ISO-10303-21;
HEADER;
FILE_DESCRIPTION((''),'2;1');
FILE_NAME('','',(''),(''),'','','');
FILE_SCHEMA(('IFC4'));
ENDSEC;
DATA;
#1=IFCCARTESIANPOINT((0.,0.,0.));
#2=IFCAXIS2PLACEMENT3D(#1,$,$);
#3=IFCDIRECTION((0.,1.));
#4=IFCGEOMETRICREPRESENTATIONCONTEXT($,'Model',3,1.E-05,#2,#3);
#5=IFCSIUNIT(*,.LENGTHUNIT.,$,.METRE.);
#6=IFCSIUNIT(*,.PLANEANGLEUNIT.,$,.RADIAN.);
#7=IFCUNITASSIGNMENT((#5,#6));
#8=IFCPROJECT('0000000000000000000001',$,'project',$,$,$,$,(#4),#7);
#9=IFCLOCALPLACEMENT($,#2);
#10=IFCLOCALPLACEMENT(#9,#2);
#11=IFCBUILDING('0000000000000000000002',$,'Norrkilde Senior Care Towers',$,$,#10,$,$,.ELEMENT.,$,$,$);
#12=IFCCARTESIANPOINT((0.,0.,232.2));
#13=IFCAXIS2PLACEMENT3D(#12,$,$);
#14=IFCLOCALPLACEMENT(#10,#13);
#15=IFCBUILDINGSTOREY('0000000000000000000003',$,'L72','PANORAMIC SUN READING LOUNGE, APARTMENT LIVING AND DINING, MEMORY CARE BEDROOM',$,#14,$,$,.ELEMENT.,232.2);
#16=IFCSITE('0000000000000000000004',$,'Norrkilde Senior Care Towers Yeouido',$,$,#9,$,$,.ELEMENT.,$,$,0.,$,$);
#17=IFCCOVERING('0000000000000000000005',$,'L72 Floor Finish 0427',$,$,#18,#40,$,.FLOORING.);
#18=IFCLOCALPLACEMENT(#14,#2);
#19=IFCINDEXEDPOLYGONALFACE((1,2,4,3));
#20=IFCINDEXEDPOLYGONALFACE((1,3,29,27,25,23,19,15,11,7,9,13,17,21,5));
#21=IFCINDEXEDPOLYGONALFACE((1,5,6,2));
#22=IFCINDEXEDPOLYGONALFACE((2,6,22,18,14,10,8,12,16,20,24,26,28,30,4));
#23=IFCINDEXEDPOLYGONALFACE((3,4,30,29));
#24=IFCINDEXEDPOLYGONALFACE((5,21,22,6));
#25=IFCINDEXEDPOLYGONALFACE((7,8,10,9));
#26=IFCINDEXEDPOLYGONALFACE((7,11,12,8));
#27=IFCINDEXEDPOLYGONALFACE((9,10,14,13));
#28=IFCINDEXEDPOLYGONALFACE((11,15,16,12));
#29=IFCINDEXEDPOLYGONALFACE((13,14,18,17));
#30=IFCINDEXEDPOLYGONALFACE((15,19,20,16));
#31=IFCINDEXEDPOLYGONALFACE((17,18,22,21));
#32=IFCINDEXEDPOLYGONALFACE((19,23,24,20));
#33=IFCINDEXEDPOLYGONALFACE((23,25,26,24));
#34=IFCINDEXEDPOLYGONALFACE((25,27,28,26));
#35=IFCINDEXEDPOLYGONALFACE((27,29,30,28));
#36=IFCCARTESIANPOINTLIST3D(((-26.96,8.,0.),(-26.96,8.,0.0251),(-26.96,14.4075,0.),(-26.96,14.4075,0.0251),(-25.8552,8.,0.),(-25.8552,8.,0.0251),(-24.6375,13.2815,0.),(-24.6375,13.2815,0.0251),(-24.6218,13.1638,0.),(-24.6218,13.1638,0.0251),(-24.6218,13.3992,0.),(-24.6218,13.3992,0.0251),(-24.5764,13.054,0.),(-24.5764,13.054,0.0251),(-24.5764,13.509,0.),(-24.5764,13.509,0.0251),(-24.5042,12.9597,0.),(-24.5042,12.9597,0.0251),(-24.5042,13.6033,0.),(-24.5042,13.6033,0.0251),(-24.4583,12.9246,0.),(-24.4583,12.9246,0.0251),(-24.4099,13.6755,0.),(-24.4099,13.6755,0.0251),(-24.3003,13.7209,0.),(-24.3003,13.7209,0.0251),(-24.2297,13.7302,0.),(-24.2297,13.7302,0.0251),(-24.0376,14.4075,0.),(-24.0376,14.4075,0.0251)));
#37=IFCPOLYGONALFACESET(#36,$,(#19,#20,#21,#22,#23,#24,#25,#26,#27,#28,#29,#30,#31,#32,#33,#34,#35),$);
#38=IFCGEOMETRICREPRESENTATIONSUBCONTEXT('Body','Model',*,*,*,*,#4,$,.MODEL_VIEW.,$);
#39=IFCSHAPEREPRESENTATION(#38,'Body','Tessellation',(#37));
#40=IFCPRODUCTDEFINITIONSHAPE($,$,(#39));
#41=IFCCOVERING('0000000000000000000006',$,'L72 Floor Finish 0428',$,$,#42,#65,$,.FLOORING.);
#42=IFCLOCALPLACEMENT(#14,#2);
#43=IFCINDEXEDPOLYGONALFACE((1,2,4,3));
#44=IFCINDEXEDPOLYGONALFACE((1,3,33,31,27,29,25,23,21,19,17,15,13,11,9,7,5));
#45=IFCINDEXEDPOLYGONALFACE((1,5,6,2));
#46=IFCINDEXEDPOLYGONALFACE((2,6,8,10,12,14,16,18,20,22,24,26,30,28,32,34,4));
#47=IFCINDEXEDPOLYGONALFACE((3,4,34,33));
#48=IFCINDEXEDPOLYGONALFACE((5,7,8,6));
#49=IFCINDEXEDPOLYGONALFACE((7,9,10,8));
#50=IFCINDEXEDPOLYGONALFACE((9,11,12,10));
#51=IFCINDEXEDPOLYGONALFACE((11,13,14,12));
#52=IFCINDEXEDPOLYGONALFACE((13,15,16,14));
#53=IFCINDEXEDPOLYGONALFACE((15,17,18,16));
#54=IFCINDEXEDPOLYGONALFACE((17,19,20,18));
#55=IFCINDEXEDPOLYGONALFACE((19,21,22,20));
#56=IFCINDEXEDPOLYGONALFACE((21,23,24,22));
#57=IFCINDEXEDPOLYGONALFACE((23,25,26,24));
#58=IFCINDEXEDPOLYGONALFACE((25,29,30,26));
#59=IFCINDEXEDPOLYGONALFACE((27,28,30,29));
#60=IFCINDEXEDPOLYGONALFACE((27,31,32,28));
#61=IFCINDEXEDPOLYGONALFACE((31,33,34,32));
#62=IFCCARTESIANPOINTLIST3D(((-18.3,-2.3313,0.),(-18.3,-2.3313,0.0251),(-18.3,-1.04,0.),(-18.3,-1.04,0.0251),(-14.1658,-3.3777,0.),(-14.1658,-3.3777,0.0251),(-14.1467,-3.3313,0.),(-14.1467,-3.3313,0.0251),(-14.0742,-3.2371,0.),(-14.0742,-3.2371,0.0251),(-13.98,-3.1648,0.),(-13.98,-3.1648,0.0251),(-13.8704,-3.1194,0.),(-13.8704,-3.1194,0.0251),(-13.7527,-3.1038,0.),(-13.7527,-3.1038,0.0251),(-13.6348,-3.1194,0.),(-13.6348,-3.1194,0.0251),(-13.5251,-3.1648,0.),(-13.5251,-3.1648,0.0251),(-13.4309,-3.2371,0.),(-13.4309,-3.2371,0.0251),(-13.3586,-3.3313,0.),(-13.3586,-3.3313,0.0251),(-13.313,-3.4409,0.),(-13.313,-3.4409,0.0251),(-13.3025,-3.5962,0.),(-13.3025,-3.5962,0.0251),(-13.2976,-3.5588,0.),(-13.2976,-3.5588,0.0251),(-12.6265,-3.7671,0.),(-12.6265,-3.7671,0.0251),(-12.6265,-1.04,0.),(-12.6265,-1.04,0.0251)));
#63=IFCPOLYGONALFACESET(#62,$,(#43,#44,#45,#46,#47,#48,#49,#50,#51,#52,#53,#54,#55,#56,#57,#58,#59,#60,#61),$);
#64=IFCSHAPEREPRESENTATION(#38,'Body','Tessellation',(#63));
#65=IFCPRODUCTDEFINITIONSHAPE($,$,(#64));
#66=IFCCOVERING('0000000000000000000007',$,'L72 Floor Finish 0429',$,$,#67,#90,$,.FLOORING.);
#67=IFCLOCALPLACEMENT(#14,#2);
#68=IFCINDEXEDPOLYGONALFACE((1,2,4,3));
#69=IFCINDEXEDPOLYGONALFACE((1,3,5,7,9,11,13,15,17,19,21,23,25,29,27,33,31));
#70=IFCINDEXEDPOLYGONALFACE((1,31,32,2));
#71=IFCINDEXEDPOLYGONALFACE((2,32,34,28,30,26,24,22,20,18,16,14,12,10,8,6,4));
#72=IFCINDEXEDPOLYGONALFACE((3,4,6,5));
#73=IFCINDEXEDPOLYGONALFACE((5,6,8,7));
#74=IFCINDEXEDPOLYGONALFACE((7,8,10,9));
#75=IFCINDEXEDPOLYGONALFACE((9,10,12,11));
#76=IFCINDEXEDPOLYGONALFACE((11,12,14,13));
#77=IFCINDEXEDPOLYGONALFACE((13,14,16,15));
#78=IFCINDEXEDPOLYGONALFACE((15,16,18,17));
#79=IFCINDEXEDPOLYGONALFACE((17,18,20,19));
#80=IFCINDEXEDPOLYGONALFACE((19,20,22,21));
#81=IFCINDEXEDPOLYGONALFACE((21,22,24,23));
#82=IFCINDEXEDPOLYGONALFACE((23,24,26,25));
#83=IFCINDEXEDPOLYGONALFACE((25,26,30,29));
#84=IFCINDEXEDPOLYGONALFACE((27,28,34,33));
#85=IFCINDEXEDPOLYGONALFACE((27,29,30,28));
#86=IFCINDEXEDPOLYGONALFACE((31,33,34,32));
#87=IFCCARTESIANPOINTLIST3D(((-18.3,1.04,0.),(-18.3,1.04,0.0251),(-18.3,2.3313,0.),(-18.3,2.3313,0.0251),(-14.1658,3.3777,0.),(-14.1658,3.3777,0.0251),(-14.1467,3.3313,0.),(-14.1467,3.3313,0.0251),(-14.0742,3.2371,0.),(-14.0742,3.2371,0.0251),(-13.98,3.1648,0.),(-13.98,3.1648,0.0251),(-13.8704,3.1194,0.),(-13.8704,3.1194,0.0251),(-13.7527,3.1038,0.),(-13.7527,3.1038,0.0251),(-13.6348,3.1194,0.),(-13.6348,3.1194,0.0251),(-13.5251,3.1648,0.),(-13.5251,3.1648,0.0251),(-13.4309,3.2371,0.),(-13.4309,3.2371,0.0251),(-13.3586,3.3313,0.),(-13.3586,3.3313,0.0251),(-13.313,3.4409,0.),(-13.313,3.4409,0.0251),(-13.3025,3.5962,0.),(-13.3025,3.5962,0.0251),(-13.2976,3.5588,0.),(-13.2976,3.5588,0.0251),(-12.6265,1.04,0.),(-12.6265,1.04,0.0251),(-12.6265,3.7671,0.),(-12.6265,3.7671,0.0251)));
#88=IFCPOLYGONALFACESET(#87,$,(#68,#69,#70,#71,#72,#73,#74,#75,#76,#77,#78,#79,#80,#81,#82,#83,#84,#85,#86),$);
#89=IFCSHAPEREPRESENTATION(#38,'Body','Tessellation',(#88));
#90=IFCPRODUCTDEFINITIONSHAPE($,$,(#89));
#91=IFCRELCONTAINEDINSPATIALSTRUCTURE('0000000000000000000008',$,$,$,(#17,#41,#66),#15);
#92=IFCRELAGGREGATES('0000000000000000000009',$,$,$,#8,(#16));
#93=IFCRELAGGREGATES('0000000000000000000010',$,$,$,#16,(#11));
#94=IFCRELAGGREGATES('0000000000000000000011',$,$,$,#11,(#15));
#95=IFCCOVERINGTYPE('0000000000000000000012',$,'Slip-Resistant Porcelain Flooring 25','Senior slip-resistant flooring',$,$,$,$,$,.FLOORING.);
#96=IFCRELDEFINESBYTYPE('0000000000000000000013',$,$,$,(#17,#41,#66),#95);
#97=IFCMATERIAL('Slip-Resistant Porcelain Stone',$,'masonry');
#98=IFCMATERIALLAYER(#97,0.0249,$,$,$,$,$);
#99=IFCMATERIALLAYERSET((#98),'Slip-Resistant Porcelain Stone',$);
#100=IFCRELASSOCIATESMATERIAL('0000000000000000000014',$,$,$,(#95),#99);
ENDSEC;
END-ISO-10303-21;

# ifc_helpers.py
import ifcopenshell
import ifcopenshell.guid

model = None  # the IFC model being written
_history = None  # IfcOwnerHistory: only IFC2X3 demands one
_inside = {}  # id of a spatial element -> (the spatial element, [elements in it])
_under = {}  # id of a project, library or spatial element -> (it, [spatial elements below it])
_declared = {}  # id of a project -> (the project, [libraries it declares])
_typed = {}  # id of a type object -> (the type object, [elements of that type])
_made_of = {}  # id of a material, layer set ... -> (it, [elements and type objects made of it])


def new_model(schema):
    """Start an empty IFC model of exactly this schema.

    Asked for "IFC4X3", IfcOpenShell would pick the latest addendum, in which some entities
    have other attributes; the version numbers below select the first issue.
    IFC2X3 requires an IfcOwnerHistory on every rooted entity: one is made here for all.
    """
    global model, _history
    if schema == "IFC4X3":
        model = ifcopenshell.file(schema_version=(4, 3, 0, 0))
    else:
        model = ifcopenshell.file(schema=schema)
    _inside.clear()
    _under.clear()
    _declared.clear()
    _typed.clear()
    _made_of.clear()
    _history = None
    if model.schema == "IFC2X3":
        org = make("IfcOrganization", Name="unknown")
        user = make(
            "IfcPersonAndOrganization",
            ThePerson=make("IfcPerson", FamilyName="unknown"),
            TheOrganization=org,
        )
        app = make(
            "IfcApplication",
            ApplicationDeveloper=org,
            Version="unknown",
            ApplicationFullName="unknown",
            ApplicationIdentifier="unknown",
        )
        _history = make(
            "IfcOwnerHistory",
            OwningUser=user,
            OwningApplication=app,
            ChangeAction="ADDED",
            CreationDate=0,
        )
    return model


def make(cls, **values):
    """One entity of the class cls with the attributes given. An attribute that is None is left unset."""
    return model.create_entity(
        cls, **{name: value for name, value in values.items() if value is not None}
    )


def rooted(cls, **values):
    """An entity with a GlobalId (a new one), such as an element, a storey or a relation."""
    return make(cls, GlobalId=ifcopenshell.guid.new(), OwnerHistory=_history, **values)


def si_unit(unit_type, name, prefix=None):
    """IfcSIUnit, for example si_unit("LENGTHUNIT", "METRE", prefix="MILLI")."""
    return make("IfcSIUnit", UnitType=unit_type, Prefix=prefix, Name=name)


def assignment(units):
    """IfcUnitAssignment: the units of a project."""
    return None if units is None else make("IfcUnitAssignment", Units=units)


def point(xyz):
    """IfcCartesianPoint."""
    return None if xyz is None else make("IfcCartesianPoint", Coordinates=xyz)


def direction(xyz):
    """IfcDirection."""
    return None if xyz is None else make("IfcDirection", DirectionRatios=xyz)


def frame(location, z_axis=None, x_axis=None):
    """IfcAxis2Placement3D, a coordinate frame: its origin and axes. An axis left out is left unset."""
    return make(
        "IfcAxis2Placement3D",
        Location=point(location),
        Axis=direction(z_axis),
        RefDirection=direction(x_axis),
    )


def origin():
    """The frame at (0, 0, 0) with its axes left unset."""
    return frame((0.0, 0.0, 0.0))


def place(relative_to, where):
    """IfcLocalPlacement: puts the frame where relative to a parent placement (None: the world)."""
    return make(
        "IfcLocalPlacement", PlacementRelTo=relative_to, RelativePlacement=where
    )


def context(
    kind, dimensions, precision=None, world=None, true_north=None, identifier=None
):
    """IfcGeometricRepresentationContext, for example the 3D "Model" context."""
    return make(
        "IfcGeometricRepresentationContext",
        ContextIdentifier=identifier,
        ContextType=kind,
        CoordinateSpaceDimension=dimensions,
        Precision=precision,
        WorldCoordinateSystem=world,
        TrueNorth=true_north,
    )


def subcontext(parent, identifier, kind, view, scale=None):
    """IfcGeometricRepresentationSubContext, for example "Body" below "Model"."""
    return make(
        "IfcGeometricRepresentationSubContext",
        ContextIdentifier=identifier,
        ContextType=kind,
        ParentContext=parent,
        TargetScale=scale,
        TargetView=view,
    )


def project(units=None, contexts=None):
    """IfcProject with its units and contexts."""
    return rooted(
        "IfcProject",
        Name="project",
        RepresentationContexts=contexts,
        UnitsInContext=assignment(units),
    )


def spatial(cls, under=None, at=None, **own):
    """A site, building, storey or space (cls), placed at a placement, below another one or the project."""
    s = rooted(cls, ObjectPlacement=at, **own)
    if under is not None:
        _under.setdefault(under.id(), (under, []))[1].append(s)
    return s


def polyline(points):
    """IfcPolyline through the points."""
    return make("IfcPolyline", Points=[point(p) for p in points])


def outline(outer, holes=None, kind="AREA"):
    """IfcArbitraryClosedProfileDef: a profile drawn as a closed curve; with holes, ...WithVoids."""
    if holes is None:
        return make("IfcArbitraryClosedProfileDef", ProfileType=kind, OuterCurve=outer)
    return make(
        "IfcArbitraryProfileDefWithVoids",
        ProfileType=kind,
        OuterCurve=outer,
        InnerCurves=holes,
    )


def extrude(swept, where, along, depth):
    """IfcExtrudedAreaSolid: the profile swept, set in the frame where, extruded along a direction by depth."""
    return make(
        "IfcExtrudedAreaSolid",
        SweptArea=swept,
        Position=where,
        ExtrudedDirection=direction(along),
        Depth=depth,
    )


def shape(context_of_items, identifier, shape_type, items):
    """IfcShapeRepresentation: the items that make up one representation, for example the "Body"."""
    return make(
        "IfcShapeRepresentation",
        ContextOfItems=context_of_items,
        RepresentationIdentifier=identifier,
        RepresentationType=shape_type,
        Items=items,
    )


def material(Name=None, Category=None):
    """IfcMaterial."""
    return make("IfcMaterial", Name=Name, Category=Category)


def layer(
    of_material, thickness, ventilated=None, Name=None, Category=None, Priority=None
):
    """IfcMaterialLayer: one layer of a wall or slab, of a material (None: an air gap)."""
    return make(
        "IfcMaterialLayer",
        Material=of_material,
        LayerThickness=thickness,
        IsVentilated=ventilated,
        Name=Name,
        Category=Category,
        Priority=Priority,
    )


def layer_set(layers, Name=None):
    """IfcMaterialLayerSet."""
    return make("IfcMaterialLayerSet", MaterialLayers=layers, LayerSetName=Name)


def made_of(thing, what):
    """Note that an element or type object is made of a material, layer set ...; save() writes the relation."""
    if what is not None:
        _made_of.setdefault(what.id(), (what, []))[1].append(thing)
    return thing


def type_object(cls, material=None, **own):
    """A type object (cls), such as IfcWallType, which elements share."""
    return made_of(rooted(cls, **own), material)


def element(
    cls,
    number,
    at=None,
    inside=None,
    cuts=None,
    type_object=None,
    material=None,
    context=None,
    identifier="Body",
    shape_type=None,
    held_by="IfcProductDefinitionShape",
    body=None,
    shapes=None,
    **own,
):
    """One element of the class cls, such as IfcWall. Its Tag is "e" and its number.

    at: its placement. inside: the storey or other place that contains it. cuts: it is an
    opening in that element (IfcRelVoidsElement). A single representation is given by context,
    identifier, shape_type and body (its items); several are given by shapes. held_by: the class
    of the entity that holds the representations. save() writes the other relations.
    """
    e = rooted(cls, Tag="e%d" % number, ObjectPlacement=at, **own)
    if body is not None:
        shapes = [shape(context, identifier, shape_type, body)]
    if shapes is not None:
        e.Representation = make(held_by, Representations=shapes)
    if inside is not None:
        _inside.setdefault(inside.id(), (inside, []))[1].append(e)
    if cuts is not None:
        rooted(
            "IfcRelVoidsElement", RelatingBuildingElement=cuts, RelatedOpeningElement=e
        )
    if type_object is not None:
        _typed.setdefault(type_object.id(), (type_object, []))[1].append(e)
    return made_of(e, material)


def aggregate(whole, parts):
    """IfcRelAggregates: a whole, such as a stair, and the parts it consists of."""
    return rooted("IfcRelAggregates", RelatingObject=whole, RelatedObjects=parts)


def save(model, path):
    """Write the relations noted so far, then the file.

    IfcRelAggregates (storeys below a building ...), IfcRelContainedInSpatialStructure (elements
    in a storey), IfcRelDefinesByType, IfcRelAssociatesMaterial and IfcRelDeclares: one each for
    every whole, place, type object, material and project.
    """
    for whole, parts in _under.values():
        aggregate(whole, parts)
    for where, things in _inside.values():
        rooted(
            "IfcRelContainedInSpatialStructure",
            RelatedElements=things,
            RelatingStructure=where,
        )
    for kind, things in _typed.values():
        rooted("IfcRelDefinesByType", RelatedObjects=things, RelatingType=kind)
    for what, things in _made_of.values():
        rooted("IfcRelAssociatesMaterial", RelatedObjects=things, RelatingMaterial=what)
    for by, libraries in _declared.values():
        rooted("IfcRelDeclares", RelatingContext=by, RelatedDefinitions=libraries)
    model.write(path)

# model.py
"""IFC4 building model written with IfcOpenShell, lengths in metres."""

from ifc_helpers import new_model, si_unit, direction, frame, origin, place, context, subcontext, project, spatial, polyline, outline, extrude, material, layer, layer_set, type_object, element, save


model = new_model("IFC4")

# Units and contexts
model_context = context("Model", 3, precision=1e-05, world=origin(), true_north=direction((0.0, 1.0)))
body_context = subcontext(model_context, "Body", "Model", "MODEL_VIEW")
ifc_project = project(units=[si_unit("LENGTHUNIT", "METRE"), si_unit("PLANEANGLEUNIT", "RADIAN")], contexts=[model_context])

# Site, building, storey
site_placement = place(None, origin())
site = spatial("IfcSite", under=ifc_project, at=site_placement, Name="Norrkilde Senior Care Towers Yeouido", CompositionType="ELEMENT", RefElevation=0.0)
building_placement = place(site_placement, origin())
building = spatial("IfcBuilding", under=site, at=building_placement, Name="Norrkilde Senior Care Towers", CompositionType="ELEMENT")
storey_placement = place(building_placement, frame((0.0, 0.0, 232.2)))
storey = spatial("IfcBuildingStorey", under=building, at=storey_placement, Name="L72", Description="PANORAMIC SUN READING LOUNGE, APARTMENT LIVING AND DINING, MEMORY CARE BEDROOM", CompositionType="ELEMENT", Elevation=232.2)

# Coverings
ifc_material_1 = material(Name="Slip-Resistant Porcelain Stone", Category="masonry")
ifc_layer_1 = layer(ifc_material_1, 0.0249)
ifc_layer_set_1 = layer_set([ifc_layer_1], Name="Slip-Resistant Porcelain Stone")
covering_type_1 = type_object("IfcCoveringType", Name="Slip-Resistant Porcelain Flooring 25", Description="Senior slip-resistant flooring", PredefinedType="FLOORING", material=ifc_layer_set_1)
covering_1_placement = place(storey_placement, origin())
element("IfcCovering", 1, at=covering_1_placement, inside=storey, type_object=covering_type_1, Name="L72 Floor Finish 0427", PredefinedType="FLOORING", context=body_context, shape_type="SweptSolid", body=[
    extrude(outline(polyline([(-24.0376, 14.4075), (-24.2297, 13.7302), (-24.3003, 13.7209), (-24.4099, 13.6755), (-24.5042, 13.6033), (-24.5764, 13.509), (-24.6218, 13.3992), (-24.6375, 13.2815), (-24.6218, 13.1638), (-24.5764, 13.054), (-24.5042, 12.9597), (-24.4583, 12.9246), (-25.8552, 8.0), (-26.96, 8.0), (-26.96, 14.4075), (-24.0376, 14.4075)])), origin(), (0.0, 0.0, 1.0), 0.0251),
])
covering_2_placement = place(storey_placement, origin())
element("IfcCovering", 2, at=covering_2_placement, inside=storey, type_object=covering_type_1, Name="L72 Floor Finish 0428", PredefinedType="FLOORING", context=body_context, shape_type="SweptSolid", body=[
    extrude(outline(polyline([(-12.6265, -3.7671), (-13.3025, -3.5962), (-13.2976, -3.5588), (-13.313, -3.4409), (-13.3586, -3.3313), (-13.4309, -3.2371), (-13.5251, -3.1648), (-13.6348, -3.1194), (-13.7527, -3.1038), (-13.8704, -3.1194), (-13.98, -3.1648), (-14.0742, -3.2371), (-14.1467, -3.3313), (-14.1658, -3.3777), (-18.3, -2.3313), (-18.3, -1.04), (-12.6265, -1.04), (-12.6265, -3.7671)])), origin(), (0.0, 0.0, 1.0), 0.0251),
])
covering_3_placement = place(storey_placement, origin())
element("IfcCovering", 3, at=covering_3_placement, inside=storey, type_object=covering_type_1, Name="L72 Floor Finish 0429", PredefinedType="FLOORING", context=body_context, shape_type="SweptSolid", body=[
    extrude(outline(polyline([(-12.6265, 1.04), (-18.3, 1.04), (-18.3, 2.3313), (-14.1658, 3.3777), (-14.1467, 3.3313), (-14.0742, 3.2371), (-13.98, 3.1648), (-13.8704, 3.1194), (-13.7527, 3.1038), (-13.6348, 3.1194), (-13.5251, 3.1648), (-13.4309, 3.2371), (-13.3586, 3.3313), (-13.313, 3.4409), (-13.2976, 3.5588), (-13.3025, 3.5962), (-12.6265, 3.7671), (-12.6265, 1.04)])), origin(), (0.0, 0.0, 1.0), 0.0251),
])

save(model, "model.ifc")
